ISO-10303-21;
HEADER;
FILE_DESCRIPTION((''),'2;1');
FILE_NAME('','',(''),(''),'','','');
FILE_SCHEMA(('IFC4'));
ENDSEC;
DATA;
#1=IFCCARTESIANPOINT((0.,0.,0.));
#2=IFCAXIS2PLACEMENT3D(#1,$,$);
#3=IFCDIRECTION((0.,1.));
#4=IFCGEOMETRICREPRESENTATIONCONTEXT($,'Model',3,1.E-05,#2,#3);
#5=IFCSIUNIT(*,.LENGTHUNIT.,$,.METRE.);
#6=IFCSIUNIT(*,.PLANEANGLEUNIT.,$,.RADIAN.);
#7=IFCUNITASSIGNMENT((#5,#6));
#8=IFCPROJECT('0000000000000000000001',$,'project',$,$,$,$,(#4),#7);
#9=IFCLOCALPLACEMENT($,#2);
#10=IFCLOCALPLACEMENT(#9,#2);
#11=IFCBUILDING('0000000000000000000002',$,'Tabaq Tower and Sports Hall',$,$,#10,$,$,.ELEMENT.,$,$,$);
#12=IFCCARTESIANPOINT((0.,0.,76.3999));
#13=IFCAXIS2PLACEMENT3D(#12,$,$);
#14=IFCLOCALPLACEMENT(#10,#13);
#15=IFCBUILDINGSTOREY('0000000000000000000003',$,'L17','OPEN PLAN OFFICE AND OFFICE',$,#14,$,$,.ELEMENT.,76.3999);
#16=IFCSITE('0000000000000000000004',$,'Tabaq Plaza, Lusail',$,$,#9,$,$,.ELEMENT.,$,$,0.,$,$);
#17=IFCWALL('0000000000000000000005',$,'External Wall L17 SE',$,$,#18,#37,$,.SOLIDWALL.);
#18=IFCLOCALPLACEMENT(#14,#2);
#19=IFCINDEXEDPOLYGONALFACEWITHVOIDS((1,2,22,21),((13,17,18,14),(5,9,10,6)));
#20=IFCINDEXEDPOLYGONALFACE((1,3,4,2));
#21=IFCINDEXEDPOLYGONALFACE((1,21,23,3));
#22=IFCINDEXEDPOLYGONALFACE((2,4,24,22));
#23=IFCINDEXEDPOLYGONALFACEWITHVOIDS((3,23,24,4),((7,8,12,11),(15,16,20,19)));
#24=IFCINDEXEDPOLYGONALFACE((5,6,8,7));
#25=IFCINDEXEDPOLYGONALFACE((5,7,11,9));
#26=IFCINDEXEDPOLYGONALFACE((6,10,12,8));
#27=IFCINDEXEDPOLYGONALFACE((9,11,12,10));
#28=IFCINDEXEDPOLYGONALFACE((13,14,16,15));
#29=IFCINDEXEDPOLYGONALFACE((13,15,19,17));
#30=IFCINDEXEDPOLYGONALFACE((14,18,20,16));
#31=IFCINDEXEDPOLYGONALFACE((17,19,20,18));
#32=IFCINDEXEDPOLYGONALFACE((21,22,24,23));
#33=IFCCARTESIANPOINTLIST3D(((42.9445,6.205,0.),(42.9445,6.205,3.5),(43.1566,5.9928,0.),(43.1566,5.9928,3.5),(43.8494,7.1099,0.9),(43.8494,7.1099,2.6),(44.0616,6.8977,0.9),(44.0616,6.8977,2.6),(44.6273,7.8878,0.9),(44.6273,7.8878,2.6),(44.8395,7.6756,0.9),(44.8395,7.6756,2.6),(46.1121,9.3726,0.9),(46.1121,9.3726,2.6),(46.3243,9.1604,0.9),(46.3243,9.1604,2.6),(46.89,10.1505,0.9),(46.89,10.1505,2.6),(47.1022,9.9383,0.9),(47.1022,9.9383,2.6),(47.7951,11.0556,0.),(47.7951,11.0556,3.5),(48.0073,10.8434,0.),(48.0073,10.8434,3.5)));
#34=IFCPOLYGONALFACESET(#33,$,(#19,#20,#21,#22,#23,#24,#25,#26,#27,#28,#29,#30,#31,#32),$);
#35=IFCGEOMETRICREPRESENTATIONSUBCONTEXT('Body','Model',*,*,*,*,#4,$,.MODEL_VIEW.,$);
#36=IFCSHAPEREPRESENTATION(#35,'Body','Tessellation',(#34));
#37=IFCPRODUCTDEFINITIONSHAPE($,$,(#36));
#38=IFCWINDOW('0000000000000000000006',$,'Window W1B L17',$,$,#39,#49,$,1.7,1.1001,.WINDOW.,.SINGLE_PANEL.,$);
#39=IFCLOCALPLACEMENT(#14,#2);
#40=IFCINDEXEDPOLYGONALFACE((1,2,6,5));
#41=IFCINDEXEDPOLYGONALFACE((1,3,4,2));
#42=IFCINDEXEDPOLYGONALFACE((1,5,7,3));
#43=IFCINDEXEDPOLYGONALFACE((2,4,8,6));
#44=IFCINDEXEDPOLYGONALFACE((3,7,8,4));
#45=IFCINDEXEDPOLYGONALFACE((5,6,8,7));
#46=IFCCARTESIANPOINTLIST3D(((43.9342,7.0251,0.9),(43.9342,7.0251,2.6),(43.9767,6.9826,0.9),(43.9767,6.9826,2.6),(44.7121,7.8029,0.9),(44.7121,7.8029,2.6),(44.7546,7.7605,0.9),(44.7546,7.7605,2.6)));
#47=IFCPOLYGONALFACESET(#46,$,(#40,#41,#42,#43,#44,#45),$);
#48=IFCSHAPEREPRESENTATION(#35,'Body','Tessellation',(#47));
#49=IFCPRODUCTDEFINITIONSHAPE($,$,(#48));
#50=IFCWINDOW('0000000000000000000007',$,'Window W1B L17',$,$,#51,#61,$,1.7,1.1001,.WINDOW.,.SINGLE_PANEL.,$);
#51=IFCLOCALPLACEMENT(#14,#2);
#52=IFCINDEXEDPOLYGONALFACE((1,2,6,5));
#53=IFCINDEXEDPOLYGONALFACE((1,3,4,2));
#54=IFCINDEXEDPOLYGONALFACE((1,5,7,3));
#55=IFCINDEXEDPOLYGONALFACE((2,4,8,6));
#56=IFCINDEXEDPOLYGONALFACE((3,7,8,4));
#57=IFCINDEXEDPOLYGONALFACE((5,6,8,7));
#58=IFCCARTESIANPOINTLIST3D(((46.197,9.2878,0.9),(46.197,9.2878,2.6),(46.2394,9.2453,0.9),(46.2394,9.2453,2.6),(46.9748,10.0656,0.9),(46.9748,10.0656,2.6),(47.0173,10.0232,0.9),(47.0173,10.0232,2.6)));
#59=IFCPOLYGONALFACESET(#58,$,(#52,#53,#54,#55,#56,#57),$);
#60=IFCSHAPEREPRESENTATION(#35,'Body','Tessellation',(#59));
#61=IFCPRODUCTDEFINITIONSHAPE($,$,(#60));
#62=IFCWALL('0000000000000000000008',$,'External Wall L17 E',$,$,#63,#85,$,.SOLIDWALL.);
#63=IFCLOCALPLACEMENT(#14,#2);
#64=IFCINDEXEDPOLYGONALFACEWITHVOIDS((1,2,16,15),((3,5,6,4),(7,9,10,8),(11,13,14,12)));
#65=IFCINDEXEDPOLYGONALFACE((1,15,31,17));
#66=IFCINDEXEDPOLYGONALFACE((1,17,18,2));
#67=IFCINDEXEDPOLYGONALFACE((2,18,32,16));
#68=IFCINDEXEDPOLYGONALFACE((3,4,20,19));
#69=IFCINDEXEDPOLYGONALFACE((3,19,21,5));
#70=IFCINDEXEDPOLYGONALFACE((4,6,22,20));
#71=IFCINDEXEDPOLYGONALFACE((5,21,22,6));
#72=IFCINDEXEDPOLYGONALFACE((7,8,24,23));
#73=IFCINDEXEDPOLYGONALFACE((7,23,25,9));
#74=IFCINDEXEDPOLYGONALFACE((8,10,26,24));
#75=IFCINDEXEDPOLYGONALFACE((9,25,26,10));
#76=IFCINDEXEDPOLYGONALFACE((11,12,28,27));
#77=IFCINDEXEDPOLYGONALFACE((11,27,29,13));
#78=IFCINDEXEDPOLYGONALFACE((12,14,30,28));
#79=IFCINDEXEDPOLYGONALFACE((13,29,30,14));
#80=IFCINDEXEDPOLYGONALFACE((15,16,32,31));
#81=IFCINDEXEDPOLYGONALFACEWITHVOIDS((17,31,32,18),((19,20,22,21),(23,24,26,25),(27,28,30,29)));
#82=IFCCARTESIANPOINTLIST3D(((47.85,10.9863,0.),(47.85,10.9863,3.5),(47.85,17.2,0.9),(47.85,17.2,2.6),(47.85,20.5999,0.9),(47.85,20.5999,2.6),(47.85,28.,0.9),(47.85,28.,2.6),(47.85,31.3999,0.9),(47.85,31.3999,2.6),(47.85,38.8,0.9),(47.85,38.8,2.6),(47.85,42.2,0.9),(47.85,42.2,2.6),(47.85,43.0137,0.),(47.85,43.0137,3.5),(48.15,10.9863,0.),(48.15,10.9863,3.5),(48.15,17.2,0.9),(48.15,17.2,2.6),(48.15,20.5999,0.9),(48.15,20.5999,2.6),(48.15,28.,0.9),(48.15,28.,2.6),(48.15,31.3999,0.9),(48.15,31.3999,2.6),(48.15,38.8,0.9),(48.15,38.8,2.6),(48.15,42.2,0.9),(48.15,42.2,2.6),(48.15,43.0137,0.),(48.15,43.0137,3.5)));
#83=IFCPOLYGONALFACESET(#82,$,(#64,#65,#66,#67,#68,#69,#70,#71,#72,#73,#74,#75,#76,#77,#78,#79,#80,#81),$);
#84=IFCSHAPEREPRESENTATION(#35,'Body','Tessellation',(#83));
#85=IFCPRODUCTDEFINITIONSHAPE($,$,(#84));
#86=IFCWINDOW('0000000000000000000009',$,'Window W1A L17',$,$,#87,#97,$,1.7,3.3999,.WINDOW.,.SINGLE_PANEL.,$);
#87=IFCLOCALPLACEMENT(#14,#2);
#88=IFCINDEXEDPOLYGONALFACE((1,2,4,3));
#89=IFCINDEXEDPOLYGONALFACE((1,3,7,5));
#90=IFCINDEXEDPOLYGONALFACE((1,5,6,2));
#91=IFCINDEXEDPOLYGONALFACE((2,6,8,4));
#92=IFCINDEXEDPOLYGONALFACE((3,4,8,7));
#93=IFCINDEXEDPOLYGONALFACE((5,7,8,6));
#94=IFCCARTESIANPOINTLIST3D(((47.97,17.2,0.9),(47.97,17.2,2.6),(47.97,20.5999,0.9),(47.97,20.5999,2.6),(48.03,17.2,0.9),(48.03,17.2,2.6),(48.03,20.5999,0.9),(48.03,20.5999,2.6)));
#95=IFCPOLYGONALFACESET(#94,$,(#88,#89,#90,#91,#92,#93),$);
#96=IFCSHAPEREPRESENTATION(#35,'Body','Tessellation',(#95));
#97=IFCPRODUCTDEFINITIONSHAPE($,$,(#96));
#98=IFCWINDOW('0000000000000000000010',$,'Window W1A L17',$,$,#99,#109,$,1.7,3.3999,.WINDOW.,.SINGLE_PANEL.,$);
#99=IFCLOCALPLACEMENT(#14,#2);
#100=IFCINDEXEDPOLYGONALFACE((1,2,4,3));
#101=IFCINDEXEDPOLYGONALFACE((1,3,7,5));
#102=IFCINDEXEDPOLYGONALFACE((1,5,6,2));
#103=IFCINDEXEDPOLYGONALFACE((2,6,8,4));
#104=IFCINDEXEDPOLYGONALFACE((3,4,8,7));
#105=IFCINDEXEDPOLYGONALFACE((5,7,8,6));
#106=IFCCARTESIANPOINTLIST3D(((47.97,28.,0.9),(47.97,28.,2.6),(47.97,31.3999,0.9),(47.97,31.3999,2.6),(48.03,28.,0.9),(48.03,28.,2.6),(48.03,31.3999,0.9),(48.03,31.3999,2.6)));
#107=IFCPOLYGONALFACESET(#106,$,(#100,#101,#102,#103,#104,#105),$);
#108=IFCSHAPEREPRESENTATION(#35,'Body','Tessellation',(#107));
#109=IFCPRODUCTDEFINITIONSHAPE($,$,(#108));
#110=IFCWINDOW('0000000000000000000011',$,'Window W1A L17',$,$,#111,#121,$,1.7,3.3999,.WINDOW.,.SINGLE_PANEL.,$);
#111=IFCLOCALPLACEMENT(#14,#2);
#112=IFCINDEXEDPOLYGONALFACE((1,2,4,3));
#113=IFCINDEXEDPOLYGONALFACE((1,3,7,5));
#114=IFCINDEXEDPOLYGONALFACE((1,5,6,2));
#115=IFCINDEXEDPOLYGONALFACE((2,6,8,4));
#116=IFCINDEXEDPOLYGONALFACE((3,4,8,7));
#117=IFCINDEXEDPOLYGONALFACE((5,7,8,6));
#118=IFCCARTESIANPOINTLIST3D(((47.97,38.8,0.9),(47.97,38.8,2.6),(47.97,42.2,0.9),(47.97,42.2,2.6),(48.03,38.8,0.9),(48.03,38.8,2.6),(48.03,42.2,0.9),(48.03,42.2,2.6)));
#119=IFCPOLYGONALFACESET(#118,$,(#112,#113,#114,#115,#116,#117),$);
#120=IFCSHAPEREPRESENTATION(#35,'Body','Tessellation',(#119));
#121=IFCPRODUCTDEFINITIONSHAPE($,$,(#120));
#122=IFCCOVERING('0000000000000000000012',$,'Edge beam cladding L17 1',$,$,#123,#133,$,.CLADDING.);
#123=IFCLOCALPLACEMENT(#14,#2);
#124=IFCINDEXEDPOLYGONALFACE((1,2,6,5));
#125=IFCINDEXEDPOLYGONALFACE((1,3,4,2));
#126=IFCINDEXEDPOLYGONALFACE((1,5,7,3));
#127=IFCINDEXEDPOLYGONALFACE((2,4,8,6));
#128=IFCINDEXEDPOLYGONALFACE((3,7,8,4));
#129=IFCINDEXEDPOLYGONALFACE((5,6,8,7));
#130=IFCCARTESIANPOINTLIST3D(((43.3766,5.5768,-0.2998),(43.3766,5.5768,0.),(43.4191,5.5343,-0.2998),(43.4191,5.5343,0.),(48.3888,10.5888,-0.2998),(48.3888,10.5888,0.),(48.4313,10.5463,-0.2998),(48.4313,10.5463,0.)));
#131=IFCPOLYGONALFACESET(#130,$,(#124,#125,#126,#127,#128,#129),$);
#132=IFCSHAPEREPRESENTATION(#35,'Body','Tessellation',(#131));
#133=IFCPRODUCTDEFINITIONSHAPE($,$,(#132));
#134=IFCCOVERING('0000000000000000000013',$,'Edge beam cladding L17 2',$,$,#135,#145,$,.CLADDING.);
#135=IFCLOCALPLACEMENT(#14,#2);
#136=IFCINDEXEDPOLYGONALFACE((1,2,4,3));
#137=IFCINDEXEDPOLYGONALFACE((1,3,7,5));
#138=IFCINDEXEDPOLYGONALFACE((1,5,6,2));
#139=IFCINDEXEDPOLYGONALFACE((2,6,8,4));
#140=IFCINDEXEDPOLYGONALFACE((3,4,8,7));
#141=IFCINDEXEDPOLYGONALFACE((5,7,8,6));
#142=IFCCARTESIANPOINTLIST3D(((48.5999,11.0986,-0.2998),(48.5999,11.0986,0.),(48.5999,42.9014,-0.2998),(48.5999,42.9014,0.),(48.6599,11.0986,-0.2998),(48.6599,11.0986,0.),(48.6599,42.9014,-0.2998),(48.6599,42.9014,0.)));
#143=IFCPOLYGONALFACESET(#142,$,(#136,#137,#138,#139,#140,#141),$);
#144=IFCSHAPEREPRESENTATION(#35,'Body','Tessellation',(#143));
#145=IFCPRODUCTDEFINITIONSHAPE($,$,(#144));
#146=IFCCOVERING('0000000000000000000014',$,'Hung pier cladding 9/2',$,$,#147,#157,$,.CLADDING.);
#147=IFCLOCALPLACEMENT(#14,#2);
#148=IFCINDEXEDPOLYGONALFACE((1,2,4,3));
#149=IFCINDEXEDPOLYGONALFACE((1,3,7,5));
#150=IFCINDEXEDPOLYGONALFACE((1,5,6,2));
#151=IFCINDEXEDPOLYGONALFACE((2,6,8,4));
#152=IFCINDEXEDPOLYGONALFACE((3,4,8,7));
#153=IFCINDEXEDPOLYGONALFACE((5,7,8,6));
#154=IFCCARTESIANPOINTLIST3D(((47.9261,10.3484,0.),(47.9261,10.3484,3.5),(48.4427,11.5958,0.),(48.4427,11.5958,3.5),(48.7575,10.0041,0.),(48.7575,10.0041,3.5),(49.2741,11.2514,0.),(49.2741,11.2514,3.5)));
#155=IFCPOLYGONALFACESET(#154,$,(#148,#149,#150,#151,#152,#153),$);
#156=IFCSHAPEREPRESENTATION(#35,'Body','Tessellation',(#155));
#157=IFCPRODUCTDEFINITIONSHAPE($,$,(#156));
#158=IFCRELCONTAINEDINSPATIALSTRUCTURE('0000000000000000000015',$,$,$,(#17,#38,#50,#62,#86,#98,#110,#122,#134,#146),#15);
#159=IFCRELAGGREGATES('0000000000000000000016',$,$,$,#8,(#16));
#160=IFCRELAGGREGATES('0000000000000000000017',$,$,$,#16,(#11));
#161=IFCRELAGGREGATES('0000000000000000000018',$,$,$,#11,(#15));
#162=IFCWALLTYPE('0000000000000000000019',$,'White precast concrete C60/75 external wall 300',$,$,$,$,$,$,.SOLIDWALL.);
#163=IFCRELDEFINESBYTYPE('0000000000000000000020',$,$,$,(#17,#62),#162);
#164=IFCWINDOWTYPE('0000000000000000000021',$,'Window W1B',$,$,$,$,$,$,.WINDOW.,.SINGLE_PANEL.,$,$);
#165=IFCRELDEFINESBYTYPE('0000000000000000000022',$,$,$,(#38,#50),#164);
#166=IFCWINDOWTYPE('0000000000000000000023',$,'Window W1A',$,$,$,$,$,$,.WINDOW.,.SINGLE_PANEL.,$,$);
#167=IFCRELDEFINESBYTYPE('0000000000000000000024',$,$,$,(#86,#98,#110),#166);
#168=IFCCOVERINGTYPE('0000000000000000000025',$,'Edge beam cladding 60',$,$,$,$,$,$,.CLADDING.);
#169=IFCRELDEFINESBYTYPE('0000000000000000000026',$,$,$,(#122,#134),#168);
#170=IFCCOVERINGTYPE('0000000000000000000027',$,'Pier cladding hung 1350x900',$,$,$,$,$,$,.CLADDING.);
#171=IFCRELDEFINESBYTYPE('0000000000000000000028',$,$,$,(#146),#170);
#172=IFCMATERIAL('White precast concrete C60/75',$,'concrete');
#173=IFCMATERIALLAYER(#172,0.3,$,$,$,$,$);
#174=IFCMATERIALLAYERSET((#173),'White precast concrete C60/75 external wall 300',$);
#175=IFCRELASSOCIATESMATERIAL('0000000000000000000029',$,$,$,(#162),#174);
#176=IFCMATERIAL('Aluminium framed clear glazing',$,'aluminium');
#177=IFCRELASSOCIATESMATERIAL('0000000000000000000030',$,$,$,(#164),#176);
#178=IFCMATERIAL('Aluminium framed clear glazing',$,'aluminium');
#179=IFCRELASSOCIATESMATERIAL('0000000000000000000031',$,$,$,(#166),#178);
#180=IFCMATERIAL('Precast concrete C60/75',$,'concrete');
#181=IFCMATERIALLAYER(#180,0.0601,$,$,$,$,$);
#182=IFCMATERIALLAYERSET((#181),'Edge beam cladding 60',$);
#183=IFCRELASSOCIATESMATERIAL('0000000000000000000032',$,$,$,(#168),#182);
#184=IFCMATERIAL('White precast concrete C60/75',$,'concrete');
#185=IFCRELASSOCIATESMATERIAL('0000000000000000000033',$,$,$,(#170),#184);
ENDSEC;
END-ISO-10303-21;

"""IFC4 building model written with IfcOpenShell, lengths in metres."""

from ifc_helpers import new_model, si_unit, direction, frame, frame_2d, origin, place, context, subcontext, project, spatial, rectangle, extrude, material, layer, layer_set, type_object, element, fill, save


model = new_model("IFC4")

# Units and contexts
model_context = context("Model", 3, precision=1e-05, world=origin(), true_north=direction((0.0, 1.0)))
body_context = subcontext(model_context, "Body", "Model", "MODEL_VIEW")
ifc_project = project(units=[si_unit("LENGTHUNIT", "METRE"), si_unit("PLANEANGLEUNIT", "RADIAN")], contexts=[model_context])

# Site, building, storey
site_placement = place(None, origin())
site = spatial("IfcSite", under=ifc_project, at=site_placement, Name="Tabaq Plaza, Lusail", CompositionType="ELEMENT", RefElevation=0.0)
building_placement = place(site_placement, origin())
building = spatial("IfcBuilding", under=site, at=building_placement, Name="Tabaq Tower and Sports Hall", CompositionType="ELEMENT")
storey_placement = place(building_placement, frame((0.0, 0.0, 76.3999)))
storey = spatial("IfcBuildingStorey", under=building, at=storey_placement, Name="L17", Description="OPEN PLAN OFFICE AND OFFICE", CompositionType="ELEMENT", Elevation=76.3999)

# Walls, openings, windows
ifc_material_1 = material(Name="White precast concrete C60/75", Category="concrete")
ifc_layer_1 = layer(ifc_material_1, 0.3)
ifc_layer_set_1 = layer_set([ifc_layer_1], Name="White precast concrete C60/75 external wall 300")
wall_type_1 = type_object("IfcWallType", Name="White precast concrete C60/75 external wall 300", PredefinedType="SOLIDWALL", material=ifc_layer_set_1)
wall_1_placement = place(storey_placement, frame((43.0505, 6.0989, 0.0), z_axis=(0.0, 0.0, 1.0), x_axis=(0.707107, 0.707107, 0.0)))
wall_1 = element("IfcWall", 1, at=wall_1_placement, inside=storey, type_object=wall_type_1, Name="External Wall L17 SE", PredefinedType="SOLIDWALL", context=body_context, shape_type="SweptSolid", body=[
    extrude(rectangle(XDim=6.8599, YDim=0.3, at=frame_2d((3.4299, 0.0))), origin(), (0.0, 0.0, 1.0), 3.5),
])
opening_1_placement = place(wall_1_placement, frame((1.2798, 0.0, 0.8999)))
opening_1 = element("IfcOpeningElement", 2, at=opening_1_placement, cuts=wall_1, PredefinedType="OPENING", context=body_context, shape_type="SweptSolid", body=[
    extrude(rectangle(XDim=1.1001, YDim=1.7, at=frame_2d((0.55, 0.8501))), frame((0.0, 0.1602, 0.0), z_axis=(0.0, -1.0, 0.0), x_axis=(1.0, 0.0, 0.0)), (0.0, 0.0, 1.0), 0.3201),
])
opening_2_placement = place(wall_1_placement, frame((4.4797, 0.0, 0.8999)))
opening_2 = element("IfcOpeningElement", 3, at=opening_2_placement, cuts=wall_1, PredefinedType="OPENING", context=body_context, shape_type="SweptSolid", body=[
    extrude(rectangle(XDim=1.1001, YDim=1.7, at=frame_2d((0.55, 0.8501))), frame((0.0, 0.1602, 0.0), z_axis=(0.0, -1.0, 0.0), x_axis=(1.0, 0.0, 0.0)), (0.0, 0.0, 1.0), 0.3201),
])
ifc_material_2 = material(Name="Aluminium framed clear glazing", Category="aluminium")
window_type_1 = type_object("IfcWindowType", Name="Window W1B", PartitioningType="SINGLE_PANEL", PredefinedType="WINDOW", material=ifc_material_2)
window_1_placement = place(opening_1_placement, origin())
window_1 = element("IfcWindow", 4, at=window_1_placement, inside=storey, type_object=window_type_1, Name="Window W1B L17", OverallHeight=1.7, OverallWidth=1.1001, PartitioningType="SINGLE_PANEL", PredefinedType="WINDOW", context=body_context, shape_type="SweptSolid", body=[
    extrude(rectangle(XDim=1.1001, YDim=1.7, at=frame_2d((0.55, 0.8501))), frame((0.0, 0.03, 0.0), z_axis=(0.0, -1.0, 0.0), x_axis=(1.0, 0.0, 0.0)), (0.0, 0.0, 1.0), 0.0601),
])
fill(opening_1, window_1)
window_2_placement = place(opening_2_placement, origin())
window_2 = element("IfcWindow", 5, at=window_2_placement, inside=storey, type_object=window_type_1, Name="Window W1B L17", OverallHeight=1.7, OverallWidth=1.1001, PartitioningType="SINGLE_PANEL", PredefinedType="WINDOW", context=body_context, shape_type="SweptSolid", body=[
    extrude(rectangle(XDim=1.1001, YDim=1.7, at=frame_2d((0.55, 0.8501))), frame((0.0, 0.03, 0.0), z_axis=(0.0, -1.0, 0.0), x_axis=(1.0, 0.0, 0.0)), (0.0, 0.0, 1.0), 0.0601),
])
fill(opening_2, window_2)
wall_2_placement = place(storey_placement, frame((48.0, 10.9863, 0.0), z_axis=(0.0, 0.0, 1.0), x_axis=(0.0, 1.0, 0.0)))
wall_2 = element("IfcWall", 6, at=wall_2_placement, inside=storey, type_object=wall_type_1, Name="External Wall L17 E", PredefinedType="SOLIDWALL", context=body_context, shape_type="SweptSolid", body=[
    extrude(rectangle(XDim=32.0273, YDim=0.3, at=frame_2d((16.0137, 0.0))), origin(), (0.0, 0.0, 1.0), 3.5),
])
opening_3_placement = place(wall_2_placement, frame((6.2136, 0.0, 0.8999)))
opening_3 = element("IfcOpeningElement", 7, at=opening_3_placement, cuts=wall_2, PredefinedType="OPENING", context=body_context, shape_type="SweptSolid", body=[
    extrude(rectangle(XDim=3.3999, YDim=1.7, at=frame_2d((1.7, 0.8501))), frame((0.0, 0.1602, 0.0), z_axis=(0.0, -1.0, 0.0), x_axis=(1.0, 0.0, 0.0)), (0.0, 0.0, 1.0), 0.3201),
])
opening_4_placement = place(wall_2_placement, frame((17.0137, 0.0, 0.8999)))
opening_4 = element("IfcOpeningElement", 8, at=opening_4_placement, cuts=wall_2, PredefinedType="OPENING", context=body_context, shape_type="SweptSolid", body=[
    extrude(rectangle(XDim=3.3999, YDim=1.7, at=frame_2d((1.7, 0.8501))), frame((0.0, 0.1602, 0.0), z_axis=(0.0, -1.0, 0.0), x_axis=(1.0, 0.0, 0.0)), (0.0, 0.0, 1.0), 0.3201),
])
opening_5_placement = place(wall_2_placement, frame((27.8137, 0.0, 0.8999)))
opening_5 = element("IfcOpeningElement", 9, at=opening_5_placement, cuts=wall_2, PredefinedType="OPENING", context=body_context, shape_type="SweptSolid", body=[
    extrude(rectangle(XDim=3.3999, YDim=1.7, at=frame_2d((1.7, 0.8501))), frame((0.0, 0.1602, 0.0), z_axis=(0.0, -1.0, 0.0), x_axis=(1.0, 0.0, 0.0)), (0.0, 0.0, 1.0), 0.3201),
])
ifc_material_3 = material(Name="Aluminium framed clear glazing", Category="aluminium")
window_type_2 = type_object("IfcWindowType", Name="Window W1A", PartitioningType="SINGLE_PANEL", PredefinedType="WINDOW", material=ifc_material_3)
window_3_placement = place(opening_3_placement, origin())
window_3 = element("IfcWindow", 10, at=window_3_placement, inside=storey, type_object=window_type_2, Name="Window W1A L17", OverallHeight=1.7, OverallWidth=3.3999, PartitioningType="SINGLE_PANEL", PredefinedType="WINDOW", context=body_context, shape_type="SweptSolid", body=[
    extrude(rectangle(XDim=3.3999, YDim=1.7, at=frame_2d((1.7, 0.8501))), frame((0.0, 0.03, 0.0), z_axis=(0.0, -1.0, 0.0), x_axis=(1.0, 0.0, 0.0)), (0.0, 0.0, 1.0), 0.0601),
])
fill(opening_3, window_3)
window_4_placement = place(opening_4_placement, origin())
window_4 = element("IfcWindow", 11, at=window_4_placement, inside=storey, type_object=window_type_2, Name="Window W1A L17", OverallHeight=1.7, OverallWidth=3.3999, PartitioningType="SINGLE_PANEL", PredefinedType="WINDOW", context=body_context, shape_type="SweptSolid", body=[
    extrude(rectangle(XDim=3.3999, YDim=1.7, at=frame_2d((1.7, 0.8501))), frame((0.0, 0.03, 0.0), z_axis=(0.0, -1.0, 0.0), x_axis=(1.0, 0.0, 0.0)), (0.0, 0.0, 1.0), 0.0601),
])
fill(opening_4, window_4)
window_5_placement = place(opening_5_placement, origin())
window_5 = element("IfcWindow", 12, at=window_5_placement, inside=storey, type_object=window_type_2, Name="Window W1A L17", OverallHeight=1.7, OverallWidth=3.3999, PartitioningType="SINGLE_PANEL", PredefinedType="WINDOW", context=body_context, shape_type="SweptSolid", body=[
    extrude(rectangle(XDim=3.3999, YDim=1.7, at=frame_2d((1.7, 0.8501))), frame((0.0, 0.03, 0.0), z_axis=(0.0, -1.0, 0.0), x_axis=(1.0, 0.0, 0.0)), (0.0, 0.0, 1.0), 0.0601),
])
fill(opening_5, window_5)

# Coverings
ifc_material_4 = material(Name="Precast concrete C60/75", Category="concrete")
ifc_layer_2 = layer(ifc_material_4, 0.0601)
ifc_layer_set_2 = layer_set([ifc_layer_2], Name="Edge beam cladding 60")
covering_type_1 = type_object("IfcCoveringType", Name="Edge beam cladding 60", PredefinedType="CLADDING", material=ifc_layer_set_2)
covering_1_placement = place(storey_placement, frame((43.3979, 5.5557, -0.2998), z_axis=(0.0, 0.0, 1.0), x_axis=(0.707124, 0.70709, 0.0)))
element("IfcCovering", 13, at=covering_1_placement, inside=storey, type_object=covering_type_1, Name="Edge beam cladding L17 1", PredefinedType="CLADDING", context=body_context, shape_type="SweptSolid", body=[
    extrude(rectangle(XDim=7.0881, YDim=0.0601, at=frame_2d((3.5439, 0.0))), origin(), (0.0, 0.0, 1.0), 0.2998),
])
covering_2_placement = place(storey_placement, frame((48.6299, 11.0986, -0.2998), z_axis=(0.0, 0.0, 1.0), x_axis=(0.0, 1.0, 0.0)))
element("IfcCovering", 14, at=covering_2_placement, inside=storey, type_object=covering_type_1, Name="Edge beam cladding L17 2", PredefinedType="CLADDING", context=body_context, shape_type="SweptSolid", body=[
    extrude(rectangle(XDim=31.8027, YDim=0.0601, at=frame_2d((15.9014, 0.0))), origin(), (0.0, 0.0, 1.0), 0.2998),
])
ifc_material_5 = material(Name="White precast concrete C60/75", Category="concrete")
covering_type_2 = type_object("IfcCoveringType", Name="Pier cladding hung 1350x900", PredefinedType="CLADDING", material=ifc_material_5)
covering_3_placement = place(storey_placement, frame((48.3418, 10.1763, 0.0), z_axis=(0.0, 0.0, 1.0), x_axis=(0.38265, 0.923893, 0.0)))
element("IfcCovering", 15, at=covering_3_placement, inside=storey, type_object=covering_type_2, Name="Hung pier cladding 9/2", PredefinedType="CLADDING", context=body_context, shape_type="SweptSolid", body=[
    extrude(rectangle(XDim=1.3501, YDim=0.8999, at=frame_2d((0.675, 0.0))), origin(), (0.0, 0.0, 1.0), 3.5),
])

save(model, "model.ifc")
